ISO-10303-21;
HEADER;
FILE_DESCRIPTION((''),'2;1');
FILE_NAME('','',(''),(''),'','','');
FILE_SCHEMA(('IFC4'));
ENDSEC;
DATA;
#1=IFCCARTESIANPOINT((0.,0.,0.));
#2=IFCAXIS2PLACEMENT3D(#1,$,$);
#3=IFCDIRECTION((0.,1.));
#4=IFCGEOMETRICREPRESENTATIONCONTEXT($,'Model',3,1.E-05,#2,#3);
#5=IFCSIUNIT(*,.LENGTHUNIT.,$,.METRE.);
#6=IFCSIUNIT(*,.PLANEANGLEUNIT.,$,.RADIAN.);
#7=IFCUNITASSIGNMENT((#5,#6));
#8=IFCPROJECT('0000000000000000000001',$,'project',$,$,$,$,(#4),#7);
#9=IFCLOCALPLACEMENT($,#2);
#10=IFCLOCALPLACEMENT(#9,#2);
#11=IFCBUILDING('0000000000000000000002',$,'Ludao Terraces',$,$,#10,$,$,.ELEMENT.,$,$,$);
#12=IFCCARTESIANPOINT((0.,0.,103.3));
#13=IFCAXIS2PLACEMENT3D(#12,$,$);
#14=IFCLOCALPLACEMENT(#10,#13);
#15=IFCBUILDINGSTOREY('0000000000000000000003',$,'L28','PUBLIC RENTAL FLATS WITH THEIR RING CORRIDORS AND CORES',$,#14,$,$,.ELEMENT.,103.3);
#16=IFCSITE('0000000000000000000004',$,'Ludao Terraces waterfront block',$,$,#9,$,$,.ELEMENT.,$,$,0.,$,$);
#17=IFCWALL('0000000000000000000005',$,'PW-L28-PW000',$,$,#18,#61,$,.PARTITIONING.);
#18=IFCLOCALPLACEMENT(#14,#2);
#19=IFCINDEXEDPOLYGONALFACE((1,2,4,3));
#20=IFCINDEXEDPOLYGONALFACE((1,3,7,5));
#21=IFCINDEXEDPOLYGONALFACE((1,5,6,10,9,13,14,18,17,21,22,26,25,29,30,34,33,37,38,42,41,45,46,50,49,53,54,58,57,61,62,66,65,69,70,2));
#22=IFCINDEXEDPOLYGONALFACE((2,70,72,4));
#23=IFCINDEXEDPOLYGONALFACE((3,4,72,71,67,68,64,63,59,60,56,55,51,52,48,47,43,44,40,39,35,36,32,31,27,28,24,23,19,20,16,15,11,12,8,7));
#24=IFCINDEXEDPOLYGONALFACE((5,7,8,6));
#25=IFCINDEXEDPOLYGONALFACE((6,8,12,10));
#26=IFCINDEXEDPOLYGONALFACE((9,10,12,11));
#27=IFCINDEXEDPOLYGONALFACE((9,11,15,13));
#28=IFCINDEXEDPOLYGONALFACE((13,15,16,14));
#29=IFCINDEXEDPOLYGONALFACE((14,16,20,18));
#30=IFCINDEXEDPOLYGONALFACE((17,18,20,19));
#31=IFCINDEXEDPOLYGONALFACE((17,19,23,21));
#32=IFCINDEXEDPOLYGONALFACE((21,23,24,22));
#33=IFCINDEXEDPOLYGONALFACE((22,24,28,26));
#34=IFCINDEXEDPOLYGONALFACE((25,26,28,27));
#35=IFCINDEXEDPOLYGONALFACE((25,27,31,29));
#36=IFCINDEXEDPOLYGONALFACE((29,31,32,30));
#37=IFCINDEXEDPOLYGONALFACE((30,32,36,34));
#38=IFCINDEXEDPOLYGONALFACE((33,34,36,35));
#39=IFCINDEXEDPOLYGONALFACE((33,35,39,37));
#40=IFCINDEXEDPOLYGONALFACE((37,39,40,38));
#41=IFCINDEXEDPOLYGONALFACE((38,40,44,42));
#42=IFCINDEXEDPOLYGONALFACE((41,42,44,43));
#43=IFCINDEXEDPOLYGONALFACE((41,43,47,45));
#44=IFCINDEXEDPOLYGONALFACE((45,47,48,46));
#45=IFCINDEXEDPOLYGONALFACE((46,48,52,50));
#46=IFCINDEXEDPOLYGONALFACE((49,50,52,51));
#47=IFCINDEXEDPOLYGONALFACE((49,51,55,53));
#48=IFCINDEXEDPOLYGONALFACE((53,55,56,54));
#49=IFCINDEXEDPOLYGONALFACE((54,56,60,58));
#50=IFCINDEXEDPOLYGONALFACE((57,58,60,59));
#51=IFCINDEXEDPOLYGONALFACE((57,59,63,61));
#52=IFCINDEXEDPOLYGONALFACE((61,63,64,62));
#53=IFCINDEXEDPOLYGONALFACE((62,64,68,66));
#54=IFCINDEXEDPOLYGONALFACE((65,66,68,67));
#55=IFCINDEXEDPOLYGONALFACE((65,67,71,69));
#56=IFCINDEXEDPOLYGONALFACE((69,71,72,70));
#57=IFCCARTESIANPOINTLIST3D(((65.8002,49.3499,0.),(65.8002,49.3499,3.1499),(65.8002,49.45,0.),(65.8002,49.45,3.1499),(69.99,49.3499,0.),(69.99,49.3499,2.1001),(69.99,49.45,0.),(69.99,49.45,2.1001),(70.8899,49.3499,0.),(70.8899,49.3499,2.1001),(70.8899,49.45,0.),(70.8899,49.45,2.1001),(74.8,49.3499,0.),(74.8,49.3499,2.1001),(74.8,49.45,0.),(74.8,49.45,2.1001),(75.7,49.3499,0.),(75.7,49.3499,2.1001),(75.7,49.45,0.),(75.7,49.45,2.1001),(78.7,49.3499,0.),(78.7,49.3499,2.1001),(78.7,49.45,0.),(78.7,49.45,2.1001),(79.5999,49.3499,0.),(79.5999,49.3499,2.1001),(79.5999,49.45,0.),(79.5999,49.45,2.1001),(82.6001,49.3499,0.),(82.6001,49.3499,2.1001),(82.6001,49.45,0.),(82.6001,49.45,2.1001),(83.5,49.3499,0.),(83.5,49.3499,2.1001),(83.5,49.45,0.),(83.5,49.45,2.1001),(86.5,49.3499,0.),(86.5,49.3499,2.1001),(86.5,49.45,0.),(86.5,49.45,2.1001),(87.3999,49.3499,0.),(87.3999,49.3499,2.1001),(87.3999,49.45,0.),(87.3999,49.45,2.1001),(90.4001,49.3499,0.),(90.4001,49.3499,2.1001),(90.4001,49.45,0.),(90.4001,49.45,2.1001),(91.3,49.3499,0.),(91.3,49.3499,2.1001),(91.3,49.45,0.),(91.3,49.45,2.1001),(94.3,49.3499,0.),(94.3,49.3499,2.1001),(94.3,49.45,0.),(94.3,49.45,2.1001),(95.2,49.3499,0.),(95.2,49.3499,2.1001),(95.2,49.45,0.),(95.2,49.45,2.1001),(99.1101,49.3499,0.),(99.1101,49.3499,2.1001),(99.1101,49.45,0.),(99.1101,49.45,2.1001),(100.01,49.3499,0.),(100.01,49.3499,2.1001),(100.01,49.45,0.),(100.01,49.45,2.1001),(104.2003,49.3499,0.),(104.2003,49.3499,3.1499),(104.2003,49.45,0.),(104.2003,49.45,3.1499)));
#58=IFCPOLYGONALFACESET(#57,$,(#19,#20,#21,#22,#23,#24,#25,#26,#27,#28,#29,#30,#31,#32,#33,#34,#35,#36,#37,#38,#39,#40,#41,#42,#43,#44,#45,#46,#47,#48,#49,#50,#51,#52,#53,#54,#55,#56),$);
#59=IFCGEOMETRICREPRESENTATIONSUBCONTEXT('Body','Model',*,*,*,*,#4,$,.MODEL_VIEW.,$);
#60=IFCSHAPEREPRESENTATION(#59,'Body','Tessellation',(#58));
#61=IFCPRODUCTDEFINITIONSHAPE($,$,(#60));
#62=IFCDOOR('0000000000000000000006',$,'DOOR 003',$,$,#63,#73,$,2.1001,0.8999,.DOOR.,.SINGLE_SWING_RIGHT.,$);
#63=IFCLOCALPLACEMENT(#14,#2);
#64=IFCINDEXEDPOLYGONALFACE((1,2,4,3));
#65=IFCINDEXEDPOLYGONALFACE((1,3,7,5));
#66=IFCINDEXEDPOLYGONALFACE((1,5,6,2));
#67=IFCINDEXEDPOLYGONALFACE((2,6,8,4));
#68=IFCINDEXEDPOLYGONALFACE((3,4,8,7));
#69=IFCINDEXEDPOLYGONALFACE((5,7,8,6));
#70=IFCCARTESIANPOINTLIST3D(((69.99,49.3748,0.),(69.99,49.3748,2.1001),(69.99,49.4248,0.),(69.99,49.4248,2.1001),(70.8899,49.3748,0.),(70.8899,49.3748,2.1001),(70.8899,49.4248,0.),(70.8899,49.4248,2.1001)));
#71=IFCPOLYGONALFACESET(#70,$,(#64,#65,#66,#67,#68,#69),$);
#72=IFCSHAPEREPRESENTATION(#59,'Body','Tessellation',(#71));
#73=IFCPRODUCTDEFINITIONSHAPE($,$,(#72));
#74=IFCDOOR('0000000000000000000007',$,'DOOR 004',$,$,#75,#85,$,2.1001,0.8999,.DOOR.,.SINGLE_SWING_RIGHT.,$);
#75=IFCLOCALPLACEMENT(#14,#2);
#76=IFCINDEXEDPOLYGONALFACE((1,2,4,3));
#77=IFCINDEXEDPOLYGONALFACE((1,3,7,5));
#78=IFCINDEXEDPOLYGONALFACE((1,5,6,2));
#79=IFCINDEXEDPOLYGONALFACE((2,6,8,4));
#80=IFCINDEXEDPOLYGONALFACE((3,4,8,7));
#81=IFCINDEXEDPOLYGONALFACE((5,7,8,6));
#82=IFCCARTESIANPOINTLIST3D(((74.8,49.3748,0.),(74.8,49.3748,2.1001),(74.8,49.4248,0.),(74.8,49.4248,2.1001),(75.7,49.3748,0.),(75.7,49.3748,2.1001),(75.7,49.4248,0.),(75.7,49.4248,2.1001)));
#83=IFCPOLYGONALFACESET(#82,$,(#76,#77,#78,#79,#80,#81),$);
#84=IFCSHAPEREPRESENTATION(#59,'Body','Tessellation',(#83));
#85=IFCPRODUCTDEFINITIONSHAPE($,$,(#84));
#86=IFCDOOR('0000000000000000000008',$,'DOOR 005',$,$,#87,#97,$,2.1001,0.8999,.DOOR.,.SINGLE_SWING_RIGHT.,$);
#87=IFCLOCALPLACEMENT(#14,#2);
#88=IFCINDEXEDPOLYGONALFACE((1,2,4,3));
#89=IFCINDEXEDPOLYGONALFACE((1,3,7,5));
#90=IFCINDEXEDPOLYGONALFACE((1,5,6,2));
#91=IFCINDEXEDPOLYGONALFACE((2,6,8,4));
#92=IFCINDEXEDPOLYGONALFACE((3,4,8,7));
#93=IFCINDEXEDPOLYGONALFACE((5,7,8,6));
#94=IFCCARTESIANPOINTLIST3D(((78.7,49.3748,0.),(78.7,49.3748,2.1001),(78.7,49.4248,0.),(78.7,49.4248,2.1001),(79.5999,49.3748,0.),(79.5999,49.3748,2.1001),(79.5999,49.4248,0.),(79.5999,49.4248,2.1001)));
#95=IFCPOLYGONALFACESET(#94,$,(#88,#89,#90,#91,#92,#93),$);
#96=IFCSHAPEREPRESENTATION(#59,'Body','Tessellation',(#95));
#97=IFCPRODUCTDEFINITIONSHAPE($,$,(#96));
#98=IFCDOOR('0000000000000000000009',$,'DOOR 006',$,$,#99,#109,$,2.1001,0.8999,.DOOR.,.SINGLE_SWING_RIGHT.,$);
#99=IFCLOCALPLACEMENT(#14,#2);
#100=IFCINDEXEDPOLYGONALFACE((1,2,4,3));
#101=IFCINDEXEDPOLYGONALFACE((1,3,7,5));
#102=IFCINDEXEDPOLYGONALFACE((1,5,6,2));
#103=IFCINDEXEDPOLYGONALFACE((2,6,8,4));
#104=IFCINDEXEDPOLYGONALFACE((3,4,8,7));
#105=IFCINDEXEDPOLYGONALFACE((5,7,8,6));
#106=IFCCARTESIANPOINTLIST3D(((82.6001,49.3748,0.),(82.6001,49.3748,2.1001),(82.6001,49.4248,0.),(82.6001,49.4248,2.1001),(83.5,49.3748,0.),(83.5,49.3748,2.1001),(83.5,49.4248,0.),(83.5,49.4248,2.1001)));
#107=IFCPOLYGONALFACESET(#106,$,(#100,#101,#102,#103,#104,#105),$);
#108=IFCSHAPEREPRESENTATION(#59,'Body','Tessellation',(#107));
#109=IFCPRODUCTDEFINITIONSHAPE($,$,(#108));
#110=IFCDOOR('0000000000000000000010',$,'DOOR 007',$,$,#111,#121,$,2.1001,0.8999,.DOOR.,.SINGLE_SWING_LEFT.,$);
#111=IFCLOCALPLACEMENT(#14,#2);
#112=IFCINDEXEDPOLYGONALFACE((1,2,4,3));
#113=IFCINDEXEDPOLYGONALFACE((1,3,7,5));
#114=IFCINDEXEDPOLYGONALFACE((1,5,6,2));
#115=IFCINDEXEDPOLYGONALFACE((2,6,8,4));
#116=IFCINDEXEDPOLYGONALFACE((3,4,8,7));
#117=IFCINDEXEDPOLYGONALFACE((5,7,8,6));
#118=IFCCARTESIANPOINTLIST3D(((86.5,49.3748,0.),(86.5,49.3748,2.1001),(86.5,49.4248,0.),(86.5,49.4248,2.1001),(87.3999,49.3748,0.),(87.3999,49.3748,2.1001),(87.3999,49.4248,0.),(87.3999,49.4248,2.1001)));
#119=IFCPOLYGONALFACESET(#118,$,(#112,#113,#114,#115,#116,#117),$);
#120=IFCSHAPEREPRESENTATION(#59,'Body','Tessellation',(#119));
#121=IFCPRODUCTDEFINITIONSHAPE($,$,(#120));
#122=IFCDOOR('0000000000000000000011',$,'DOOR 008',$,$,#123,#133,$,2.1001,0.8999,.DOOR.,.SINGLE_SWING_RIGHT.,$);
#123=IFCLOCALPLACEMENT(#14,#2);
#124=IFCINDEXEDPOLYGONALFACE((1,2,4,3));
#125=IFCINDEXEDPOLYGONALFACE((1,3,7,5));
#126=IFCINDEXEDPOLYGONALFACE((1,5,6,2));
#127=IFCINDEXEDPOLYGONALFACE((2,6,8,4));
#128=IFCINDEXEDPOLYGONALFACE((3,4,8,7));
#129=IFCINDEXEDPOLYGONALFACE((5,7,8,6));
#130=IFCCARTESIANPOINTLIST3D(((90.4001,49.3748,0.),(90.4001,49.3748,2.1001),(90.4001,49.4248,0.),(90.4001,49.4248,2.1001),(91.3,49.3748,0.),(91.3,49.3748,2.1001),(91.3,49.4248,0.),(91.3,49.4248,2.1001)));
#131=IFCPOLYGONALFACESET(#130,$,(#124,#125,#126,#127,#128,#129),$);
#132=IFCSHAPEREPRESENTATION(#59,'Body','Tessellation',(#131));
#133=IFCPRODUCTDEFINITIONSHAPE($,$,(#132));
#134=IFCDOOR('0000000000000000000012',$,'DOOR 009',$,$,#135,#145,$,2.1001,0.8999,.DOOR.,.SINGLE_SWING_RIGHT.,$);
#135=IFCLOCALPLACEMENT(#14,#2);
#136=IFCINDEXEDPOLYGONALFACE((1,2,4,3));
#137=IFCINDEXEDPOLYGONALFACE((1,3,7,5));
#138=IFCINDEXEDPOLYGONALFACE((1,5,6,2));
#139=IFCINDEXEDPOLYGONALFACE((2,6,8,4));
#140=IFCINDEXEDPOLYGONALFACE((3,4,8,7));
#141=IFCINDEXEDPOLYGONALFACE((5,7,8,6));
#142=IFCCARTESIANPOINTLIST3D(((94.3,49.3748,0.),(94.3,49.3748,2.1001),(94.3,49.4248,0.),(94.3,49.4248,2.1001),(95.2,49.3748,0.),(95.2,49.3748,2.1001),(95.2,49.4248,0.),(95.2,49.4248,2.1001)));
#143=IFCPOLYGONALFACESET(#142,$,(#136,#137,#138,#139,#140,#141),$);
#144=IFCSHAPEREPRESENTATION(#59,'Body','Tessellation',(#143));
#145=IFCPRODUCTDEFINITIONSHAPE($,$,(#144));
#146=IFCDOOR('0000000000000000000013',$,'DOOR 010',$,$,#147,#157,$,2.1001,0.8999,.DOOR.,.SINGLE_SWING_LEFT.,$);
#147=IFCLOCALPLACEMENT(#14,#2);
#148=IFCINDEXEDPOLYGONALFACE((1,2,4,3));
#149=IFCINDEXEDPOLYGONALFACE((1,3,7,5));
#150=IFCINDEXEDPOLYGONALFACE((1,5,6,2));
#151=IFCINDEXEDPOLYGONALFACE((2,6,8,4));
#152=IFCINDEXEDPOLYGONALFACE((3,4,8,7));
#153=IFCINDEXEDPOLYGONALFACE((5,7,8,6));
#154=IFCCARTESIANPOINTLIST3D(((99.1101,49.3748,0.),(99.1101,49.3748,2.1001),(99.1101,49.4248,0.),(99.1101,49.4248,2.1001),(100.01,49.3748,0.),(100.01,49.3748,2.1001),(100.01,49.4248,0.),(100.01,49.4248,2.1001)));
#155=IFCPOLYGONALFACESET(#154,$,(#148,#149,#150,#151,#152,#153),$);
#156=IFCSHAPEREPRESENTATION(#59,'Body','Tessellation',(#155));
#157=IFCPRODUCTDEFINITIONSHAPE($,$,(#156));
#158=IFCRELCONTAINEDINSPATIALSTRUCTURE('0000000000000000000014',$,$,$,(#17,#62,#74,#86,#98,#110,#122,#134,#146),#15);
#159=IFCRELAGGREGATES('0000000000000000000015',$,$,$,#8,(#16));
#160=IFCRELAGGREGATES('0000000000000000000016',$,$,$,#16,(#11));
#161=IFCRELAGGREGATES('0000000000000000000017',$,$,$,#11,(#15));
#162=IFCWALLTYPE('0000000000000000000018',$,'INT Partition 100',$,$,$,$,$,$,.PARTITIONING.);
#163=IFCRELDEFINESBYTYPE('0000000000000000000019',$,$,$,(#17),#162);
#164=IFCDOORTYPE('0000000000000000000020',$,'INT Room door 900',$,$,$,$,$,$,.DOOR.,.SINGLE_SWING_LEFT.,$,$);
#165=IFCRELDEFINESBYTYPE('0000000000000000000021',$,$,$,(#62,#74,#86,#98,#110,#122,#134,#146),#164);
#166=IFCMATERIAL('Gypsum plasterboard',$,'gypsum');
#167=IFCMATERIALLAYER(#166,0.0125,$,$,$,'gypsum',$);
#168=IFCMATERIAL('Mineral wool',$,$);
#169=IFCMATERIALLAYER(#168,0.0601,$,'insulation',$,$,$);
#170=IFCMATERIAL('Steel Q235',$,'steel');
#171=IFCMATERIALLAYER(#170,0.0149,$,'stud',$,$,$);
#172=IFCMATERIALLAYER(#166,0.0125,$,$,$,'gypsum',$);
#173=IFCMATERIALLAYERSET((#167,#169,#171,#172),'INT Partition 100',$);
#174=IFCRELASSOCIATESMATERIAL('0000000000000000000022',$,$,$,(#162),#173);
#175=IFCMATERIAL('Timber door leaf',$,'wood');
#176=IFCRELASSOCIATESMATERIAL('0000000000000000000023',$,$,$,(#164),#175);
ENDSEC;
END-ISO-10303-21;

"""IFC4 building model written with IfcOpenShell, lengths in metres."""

from ifc_helpers import new_model, si_unit, direction, frame, frame_2d, origin, place, context, subcontext, project, spatial, rectangle, extrude, material, layer, layer_set, type_object, element, fill, save


model = new_model("IFC4")

# Units and contexts
model_context = context("Model", 3, precision=1e-05, world=origin(), true_north=direction((0.0, 1.0)))
body_context = subcontext(model_context, "Body", "Model", "MODEL_VIEW")
ifc_project = project(units=[si_unit("LENGTHUNIT", "METRE"), si_unit("PLANEANGLEUNIT", "RADIAN")], contexts=[model_context])

# Site, building, storey
site_placement = place(None, origin())
site = spatial("IfcSite", under=ifc_project, at=site_placement, Name="Ludao Terraces waterfront block", CompositionType="ELEMENT", RefElevation=0.0)
building_placement = place(site_placement, origin())
building = spatial("IfcBuilding", under=site, at=building_placement, Name="Ludao Terraces", CompositionType="ELEMENT")
storey_placement = place(building_placement, frame((0.0, 0.0, 103.3)))
storey = spatial("IfcBuildingStorey", under=building, at=storey_placement, Name="L28", Description="PUBLIC RENTAL FLATS WITH THEIR RING CORRIDORS AND CORES", CompositionType="ELEMENT", Elevation=103.3)

# Shared definitions
ifc_material_1 = material(Name="Mineral wool")

# Wall, openings, doors
ifc_material_2 = material(Name="Gypsum plasterboard", Category="gypsum")
ifc_layer_1 = layer(ifc_material_2, 0.0125, Category="gypsum")
ifc_layer_2 = layer(ifc_material_1, 0.0601, Name="insulation")
ifc_material_3 = material(Name="Steel Q235", Category="steel")
ifc_layer_3 = layer(ifc_material_3, 0.0149, Name="stud")
ifc_layer_4 = layer(ifc_material_2, 0.0125, Category="gypsum")
ifc_layer_set_1 = layer_set([ifc_layer_1, ifc_layer_2, ifc_layer_3, ifc_layer_4], Name="INT Partition 100")
wall_type_1 = type_object("IfcWallType", Name="INT Partition 100", PredefinedType="PARTITIONING", material=ifc_layer_set_1)
wall_1_placement = place(storey_placement, frame((65.8, 49.3999, 0.0), z_axis=(0.0, 0.0, 1.0), x_axis=(1.0, 0.0, 0.0)))
wall_1 = element("IfcWall", 1, at=wall_1_placement, inside=storey, type_object=wall_type_1, Name="PW-L28-PW000", PredefinedType="PARTITIONING", context=body_context, shape_type="SweptSolid", body=[
    extrude(rectangle(XDim=38.4001, YDim=0.1001, at=frame_2d((19.2002, 0.0))), origin(), (0.0, 0.0, 1.0), 3.1499),
])
opening_1_placement = place(wall_1_placement, frame((4.1899, 0.0, 0.0)))
opening_1 = element("IfcOpeningElement", 2, at=opening_1_placement, cuts=wall_1, PredefinedType="OPENING", context=body_context, shape_type="SweptSolid", body=[
    extrude(rectangle(XDim=0.8999, YDim=2.1001, at=frame_2d((0.45, 1.05))), frame((0.0, 0.0601, 0.0), z_axis=(0.0, -1.0, 0.0), x_axis=(1.0, 0.0, 0.0)), (0.0, 0.0, 1.0), 0.1201),
])
opening_2_placement = place(wall_1_placement, frame((9.0, 0.0, 0.0)))
opening_2 = element("IfcOpeningElement", 3, at=opening_2_placement, cuts=wall_1, PredefinedType="OPENING", context=body_context, shape_type="SweptSolid", body=[
    extrude(rectangle(XDim=0.8999, YDim=2.1001, at=frame_2d((0.45, 1.05))), frame((0.0, 0.0601, 0.0), z_axis=(0.0, -1.0, 0.0), x_axis=(1.0, 0.0, 0.0)), (0.0, 0.0, 1.0), 0.1201),
])
opening_3_placement = place(wall_1_placement, frame((12.8999, 0.0, 0.0)))
opening_3 = element("IfcOpeningElement", 4, at=opening_3_placement, cuts=wall_1, PredefinedType="OPENING", context=body_context, shape_type="SweptSolid", body=[
    extrude(rectangle(XDim=0.8999, YDim=2.1001, at=frame_2d((0.45, 1.05))), frame((0.0, 0.0601, 0.0), z_axis=(0.0, -1.0, 0.0), x_axis=(1.0, 0.0, 0.0)), (0.0, 0.0, 1.0), 0.1201),
])
opening_4_placement = place(wall_1_placement, frame((16.8, 0.0, 0.0)))
opening_4 = element("IfcOpeningElement", 5, at=opening_4_placement, cuts=wall_1, PredefinedType="OPENING", context=body_context, shape_type="SweptSolid", body=[
    extrude(rectangle(XDim=0.8999, YDim=2.1001, at=frame_2d((0.45, 1.05))), frame((0.0, 0.0601, 0.0), z_axis=(0.0, -1.0, 0.0), x_axis=(1.0, 0.0, 0.0)), (0.0, 0.0, 1.0), 0.1201),
])
opening_5_placement = place(wall_1_placement, frame((20.7, 0.0, 0.0)))
opening_5 = element("IfcOpeningElement", 6, at=opening_5_placement, cuts=wall_1, PredefinedType="OPENING", context=body_context, shape_type="SweptSolid", body=[
    extrude(rectangle(XDim=0.8999, YDim=2.1001, at=frame_2d((0.45, 1.05))), frame((0.0, 0.0601, 0.0), z_axis=(0.0, -1.0, 0.0), x_axis=(1.0, 0.0, 0.0)), (0.0, 0.0, 1.0), 0.1201),
])
opening_6_placement = place(wall_1_placement, frame((24.6001, 0.0, 0.0)))
opening_6 = element("IfcOpeningElement", 7, at=opening_6_placement, cuts=wall_1, PredefinedType="OPENING", context=body_context, shape_type="SweptSolid", body=[
    extrude(rectangle(XDim=0.8999, YDim=2.1001, at=frame_2d((0.45, 1.05))), frame((0.0, 0.0601, 0.0), z_axis=(0.0, -1.0, 0.0), x_axis=(1.0, 0.0, 0.0)), (0.0, 0.0, 1.0), 0.1201),
])
opening_7_placement = place(wall_1_placement, frame((28.5, 0.0, 0.0)))
opening_7 = element("IfcOpeningElement", 8, at=opening_7_placement, cuts=wall_1, PredefinedType="OPENING", context=body_context, shape_type="SweptSolid", body=[
    extrude(rectangle(XDim=0.8999, YDim=2.1001, at=frame_2d((0.45, 1.05))), frame((0.0, 0.0601, 0.0), z_axis=(0.0, -1.0, 0.0), x_axis=(1.0, 0.0, 0.0)), (0.0, 0.0, 1.0), 0.1201),
])
opening_8_placement = place(wall_1_placement, frame((33.3101, 0.0, 0.0)))
opening_8 = element("IfcOpeningElement", 9, at=opening_8_placement, cuts=wall_1, PredefinedType="OPENING", context=body_context, shape_type="SweptSolid", body=[
    extrude(rectangle(XDim=0.8999, YDim=2.1001, at=frame_2d((0.45, 1.05))), frame((0.0, 0.0601, 0.0), z_axis=(0.0, -1.0, 0.0), x_axis=(1.0, 0.0, 0.0)), (0.0, 0.0, 1.0), 0.1201),
])
ifc_material_4 = material(Name="Timber door leaf", Category="wood")
door_type = type_object("IfcDoorType", Name="INT Room door 900", OperationType="SINGLE_SWING_LEFT", PredefinedType="DOOR", material=ifc_material_4)
door_1_placement = place(opening_1_placement, origin())
door_1 = element("IfcDoor", 10, at=door_1_placement, inside=storey, type_object=door_type, Name="DOOR 003", OperationType="SINGLE_SWING_RIGHT", OverallHeight=2.1001, OverallWidth=0.8999, PredefinedType="DOOR", context=body_context, shape_type="SweptSolid", body=[
    extrude(rectangle(XDim=0.8999, YDim=2.1001, at=frame_2d((0.45, 1.05))), frame((0.0, 0.0249, 0.0), z_axis=(0.0, -1.0, 0.0), x_axis=(1.0, 0.0, 0.0)), (0.0, 0.0, 1.0), 0.05),
])
fill(opening_1, door_1)
door_2_placement = place(opening_2_placement, origin())
door_2 = element("IfcDoor", 11, at=door_2_placement, inside=storey, type_object=door_type, Name="DOOR 004", OperationType="SINGLE_SWING_RIGHT", OverallHeight=2.1001, OverallWidth=0.8999, PredefinedType="DOOR", context=body_context, shape_type="SweptSolid", body=[
    extrude(rectangle(XDim=0.8999, YDim=2.1001, at=frame_2d((0.45, 1.05))), frame((0.0, 0.0249, 0.0), z_axis=(0.0, -1.0, 0.0), x_axis=(1.0, 0.0, 0.0)), (0.0, 0.0, 1.0), 0.05),
])
fill(opening_2, door_2)
door_3_placement = place(opening_3_placement, origin())
door_3 = element("IfcDoor", 12, at=door_3_placement, inside=storey, type_object=door_type, Name="DOOR 005", OperationType="SINGLE_SWING_RIGHT", OverallHeight=2.1001, OverallWidth=0.8999, PredefinedType="DOOR", context=body_context, shape_type="SweptSolid", body=[
    extrude(rectangle(XDim=0.8999, YDim=2.1001, at=frame_2d((0.45, 1.05))), frame((0.0, 0.0249, 0.0), z_axis=(0.0, -1.0, 0.0), x_axis=(1.0, 0.0, 0.0)), (0.0, 0.0, 1.0), 0.05),
])
fill(opening_3, door_3)
door_4_placement = place(opening_4_placement, origin())
door_4 = element("IfcDoor", 13, at=door_4_placement, inside=storey, type_object=door_type, Name="DOOR 006", OperationType="SINGLE_SWING_RIGHT", OverallHeight=2.1001, OverallWidth=0.8999, PredefinedType="DOOR", context=body_context, shape_type="SweptSolid", body=[
    extrude(rectangle(XDim=0.8999, YDim=2.1001, at=frame_2d((0.45, 1.05))), frame((0.0, 0.0249, 0.0), z_axis=(0.0, -1.0, 0.0), x_axis=(1.0, 0.0, 0.0)), (0.0, 0.0, 1.0), 0.05),
])
fill(opening_4, door_4)
door_5_placement = place(opening_5_placement, origin())
door_5 = element("IfcDoor", 14, at=door_5_placement, inside=storey, type_object=door_type, Name="DOOR 007", OperationType="SINGLE_SWING_LEFT", OverallHeight=2.1001, OverallWidth=0.8999, PredefinedType="DOOR", context=body_context, shape_type="SweptSolid", body=[
    extrude(rectangle(XDim=0.8999, YDim=2.1001, at=frame_2d((0.45, 1.05))), frame((0.0, 0.0249, 0.0), z_axis=(0.0, -1.0, 0.0), x_axis=(1.0, 0.0, 0.0)), (0.0, 0.0, 1.0), 0.05),
])
fill(opening_5, door_5)
door_6_placement = place(opening_6_placement, origin())
door_6 = element("IfcDoor", 15, at=door_6_placement, inside=storey, type_object=door_type, Name="DOOR 008", OperationType="SINGLE_SWING_RIGHT", OverallHeight=2.1001, OverallWidth=0.8999, PredefinedType="DOOR", context=body_context, shape_type="SweptSolid", body=[
    extrude(rectangle(XDim=0.8999, YDim=2.1001, at=frame_2d((0.45, 1.05))), frame((0.0, 0.0249, 0.0), z_axis=(0.0, -1.0, 0.0), x_axis=(1.0, 0.0, 0.0)), (0.0, 0.0, 1.0), 0.05),
])
fill(opening_6, door_6)
door_7_placement = place(opening_7_placement, origin())
door_7 = element("IfcDoor", 16, at=door_7_placement, inside=storey, type_object=door_type, Name="DOOR 009", OperationType="SINGLE_SWING_RIGHT", OverallHeight=2.1001, OverallWidth=0.8999, PredefinedType="DOOR", context=body_context, shape_type="SweptSolid", body=[
    extrude(rectangle(XDim=0.8999, YDim=2.1001, at=frame_2d((0.45, 1.05))), frame((0.0, 0.0249, 0.0), z_axis=(0.0, -1.0, 0.0), x_axis=(1.0, 0.0, 0.0)), (0.0, 0.0, 1.0), 0.05),
])
fill(opening_7, door_7)
door_8_placement = place(opening_8_placement, origin())
door_8 = element("IfcDoor", 17, at=door_8_placement, inside=storey, type_object=door_type, Name="DOOR 010", OperationType="SINGLE_SWING_LEFT", OverallHeight=2.1001, OverallWidth=0.8999, PredefinedType="DOOR", context=body_context, shape_type="SweptSolid", body=[
    extrude(rectangle(XDim=0.8999, YDim=2.1001, at=frame_2d((0.45, 1.05))), frame((0.0, 0.0249, 0.0), z_axis=(0.0, -1.0, 0.0), x_axis=(1.0, 0.0, 0.0)), (0.0, 0.0, 1.0), 0.05),
])
fill(opening_8, door_8)

save(model, "model.ifc")
